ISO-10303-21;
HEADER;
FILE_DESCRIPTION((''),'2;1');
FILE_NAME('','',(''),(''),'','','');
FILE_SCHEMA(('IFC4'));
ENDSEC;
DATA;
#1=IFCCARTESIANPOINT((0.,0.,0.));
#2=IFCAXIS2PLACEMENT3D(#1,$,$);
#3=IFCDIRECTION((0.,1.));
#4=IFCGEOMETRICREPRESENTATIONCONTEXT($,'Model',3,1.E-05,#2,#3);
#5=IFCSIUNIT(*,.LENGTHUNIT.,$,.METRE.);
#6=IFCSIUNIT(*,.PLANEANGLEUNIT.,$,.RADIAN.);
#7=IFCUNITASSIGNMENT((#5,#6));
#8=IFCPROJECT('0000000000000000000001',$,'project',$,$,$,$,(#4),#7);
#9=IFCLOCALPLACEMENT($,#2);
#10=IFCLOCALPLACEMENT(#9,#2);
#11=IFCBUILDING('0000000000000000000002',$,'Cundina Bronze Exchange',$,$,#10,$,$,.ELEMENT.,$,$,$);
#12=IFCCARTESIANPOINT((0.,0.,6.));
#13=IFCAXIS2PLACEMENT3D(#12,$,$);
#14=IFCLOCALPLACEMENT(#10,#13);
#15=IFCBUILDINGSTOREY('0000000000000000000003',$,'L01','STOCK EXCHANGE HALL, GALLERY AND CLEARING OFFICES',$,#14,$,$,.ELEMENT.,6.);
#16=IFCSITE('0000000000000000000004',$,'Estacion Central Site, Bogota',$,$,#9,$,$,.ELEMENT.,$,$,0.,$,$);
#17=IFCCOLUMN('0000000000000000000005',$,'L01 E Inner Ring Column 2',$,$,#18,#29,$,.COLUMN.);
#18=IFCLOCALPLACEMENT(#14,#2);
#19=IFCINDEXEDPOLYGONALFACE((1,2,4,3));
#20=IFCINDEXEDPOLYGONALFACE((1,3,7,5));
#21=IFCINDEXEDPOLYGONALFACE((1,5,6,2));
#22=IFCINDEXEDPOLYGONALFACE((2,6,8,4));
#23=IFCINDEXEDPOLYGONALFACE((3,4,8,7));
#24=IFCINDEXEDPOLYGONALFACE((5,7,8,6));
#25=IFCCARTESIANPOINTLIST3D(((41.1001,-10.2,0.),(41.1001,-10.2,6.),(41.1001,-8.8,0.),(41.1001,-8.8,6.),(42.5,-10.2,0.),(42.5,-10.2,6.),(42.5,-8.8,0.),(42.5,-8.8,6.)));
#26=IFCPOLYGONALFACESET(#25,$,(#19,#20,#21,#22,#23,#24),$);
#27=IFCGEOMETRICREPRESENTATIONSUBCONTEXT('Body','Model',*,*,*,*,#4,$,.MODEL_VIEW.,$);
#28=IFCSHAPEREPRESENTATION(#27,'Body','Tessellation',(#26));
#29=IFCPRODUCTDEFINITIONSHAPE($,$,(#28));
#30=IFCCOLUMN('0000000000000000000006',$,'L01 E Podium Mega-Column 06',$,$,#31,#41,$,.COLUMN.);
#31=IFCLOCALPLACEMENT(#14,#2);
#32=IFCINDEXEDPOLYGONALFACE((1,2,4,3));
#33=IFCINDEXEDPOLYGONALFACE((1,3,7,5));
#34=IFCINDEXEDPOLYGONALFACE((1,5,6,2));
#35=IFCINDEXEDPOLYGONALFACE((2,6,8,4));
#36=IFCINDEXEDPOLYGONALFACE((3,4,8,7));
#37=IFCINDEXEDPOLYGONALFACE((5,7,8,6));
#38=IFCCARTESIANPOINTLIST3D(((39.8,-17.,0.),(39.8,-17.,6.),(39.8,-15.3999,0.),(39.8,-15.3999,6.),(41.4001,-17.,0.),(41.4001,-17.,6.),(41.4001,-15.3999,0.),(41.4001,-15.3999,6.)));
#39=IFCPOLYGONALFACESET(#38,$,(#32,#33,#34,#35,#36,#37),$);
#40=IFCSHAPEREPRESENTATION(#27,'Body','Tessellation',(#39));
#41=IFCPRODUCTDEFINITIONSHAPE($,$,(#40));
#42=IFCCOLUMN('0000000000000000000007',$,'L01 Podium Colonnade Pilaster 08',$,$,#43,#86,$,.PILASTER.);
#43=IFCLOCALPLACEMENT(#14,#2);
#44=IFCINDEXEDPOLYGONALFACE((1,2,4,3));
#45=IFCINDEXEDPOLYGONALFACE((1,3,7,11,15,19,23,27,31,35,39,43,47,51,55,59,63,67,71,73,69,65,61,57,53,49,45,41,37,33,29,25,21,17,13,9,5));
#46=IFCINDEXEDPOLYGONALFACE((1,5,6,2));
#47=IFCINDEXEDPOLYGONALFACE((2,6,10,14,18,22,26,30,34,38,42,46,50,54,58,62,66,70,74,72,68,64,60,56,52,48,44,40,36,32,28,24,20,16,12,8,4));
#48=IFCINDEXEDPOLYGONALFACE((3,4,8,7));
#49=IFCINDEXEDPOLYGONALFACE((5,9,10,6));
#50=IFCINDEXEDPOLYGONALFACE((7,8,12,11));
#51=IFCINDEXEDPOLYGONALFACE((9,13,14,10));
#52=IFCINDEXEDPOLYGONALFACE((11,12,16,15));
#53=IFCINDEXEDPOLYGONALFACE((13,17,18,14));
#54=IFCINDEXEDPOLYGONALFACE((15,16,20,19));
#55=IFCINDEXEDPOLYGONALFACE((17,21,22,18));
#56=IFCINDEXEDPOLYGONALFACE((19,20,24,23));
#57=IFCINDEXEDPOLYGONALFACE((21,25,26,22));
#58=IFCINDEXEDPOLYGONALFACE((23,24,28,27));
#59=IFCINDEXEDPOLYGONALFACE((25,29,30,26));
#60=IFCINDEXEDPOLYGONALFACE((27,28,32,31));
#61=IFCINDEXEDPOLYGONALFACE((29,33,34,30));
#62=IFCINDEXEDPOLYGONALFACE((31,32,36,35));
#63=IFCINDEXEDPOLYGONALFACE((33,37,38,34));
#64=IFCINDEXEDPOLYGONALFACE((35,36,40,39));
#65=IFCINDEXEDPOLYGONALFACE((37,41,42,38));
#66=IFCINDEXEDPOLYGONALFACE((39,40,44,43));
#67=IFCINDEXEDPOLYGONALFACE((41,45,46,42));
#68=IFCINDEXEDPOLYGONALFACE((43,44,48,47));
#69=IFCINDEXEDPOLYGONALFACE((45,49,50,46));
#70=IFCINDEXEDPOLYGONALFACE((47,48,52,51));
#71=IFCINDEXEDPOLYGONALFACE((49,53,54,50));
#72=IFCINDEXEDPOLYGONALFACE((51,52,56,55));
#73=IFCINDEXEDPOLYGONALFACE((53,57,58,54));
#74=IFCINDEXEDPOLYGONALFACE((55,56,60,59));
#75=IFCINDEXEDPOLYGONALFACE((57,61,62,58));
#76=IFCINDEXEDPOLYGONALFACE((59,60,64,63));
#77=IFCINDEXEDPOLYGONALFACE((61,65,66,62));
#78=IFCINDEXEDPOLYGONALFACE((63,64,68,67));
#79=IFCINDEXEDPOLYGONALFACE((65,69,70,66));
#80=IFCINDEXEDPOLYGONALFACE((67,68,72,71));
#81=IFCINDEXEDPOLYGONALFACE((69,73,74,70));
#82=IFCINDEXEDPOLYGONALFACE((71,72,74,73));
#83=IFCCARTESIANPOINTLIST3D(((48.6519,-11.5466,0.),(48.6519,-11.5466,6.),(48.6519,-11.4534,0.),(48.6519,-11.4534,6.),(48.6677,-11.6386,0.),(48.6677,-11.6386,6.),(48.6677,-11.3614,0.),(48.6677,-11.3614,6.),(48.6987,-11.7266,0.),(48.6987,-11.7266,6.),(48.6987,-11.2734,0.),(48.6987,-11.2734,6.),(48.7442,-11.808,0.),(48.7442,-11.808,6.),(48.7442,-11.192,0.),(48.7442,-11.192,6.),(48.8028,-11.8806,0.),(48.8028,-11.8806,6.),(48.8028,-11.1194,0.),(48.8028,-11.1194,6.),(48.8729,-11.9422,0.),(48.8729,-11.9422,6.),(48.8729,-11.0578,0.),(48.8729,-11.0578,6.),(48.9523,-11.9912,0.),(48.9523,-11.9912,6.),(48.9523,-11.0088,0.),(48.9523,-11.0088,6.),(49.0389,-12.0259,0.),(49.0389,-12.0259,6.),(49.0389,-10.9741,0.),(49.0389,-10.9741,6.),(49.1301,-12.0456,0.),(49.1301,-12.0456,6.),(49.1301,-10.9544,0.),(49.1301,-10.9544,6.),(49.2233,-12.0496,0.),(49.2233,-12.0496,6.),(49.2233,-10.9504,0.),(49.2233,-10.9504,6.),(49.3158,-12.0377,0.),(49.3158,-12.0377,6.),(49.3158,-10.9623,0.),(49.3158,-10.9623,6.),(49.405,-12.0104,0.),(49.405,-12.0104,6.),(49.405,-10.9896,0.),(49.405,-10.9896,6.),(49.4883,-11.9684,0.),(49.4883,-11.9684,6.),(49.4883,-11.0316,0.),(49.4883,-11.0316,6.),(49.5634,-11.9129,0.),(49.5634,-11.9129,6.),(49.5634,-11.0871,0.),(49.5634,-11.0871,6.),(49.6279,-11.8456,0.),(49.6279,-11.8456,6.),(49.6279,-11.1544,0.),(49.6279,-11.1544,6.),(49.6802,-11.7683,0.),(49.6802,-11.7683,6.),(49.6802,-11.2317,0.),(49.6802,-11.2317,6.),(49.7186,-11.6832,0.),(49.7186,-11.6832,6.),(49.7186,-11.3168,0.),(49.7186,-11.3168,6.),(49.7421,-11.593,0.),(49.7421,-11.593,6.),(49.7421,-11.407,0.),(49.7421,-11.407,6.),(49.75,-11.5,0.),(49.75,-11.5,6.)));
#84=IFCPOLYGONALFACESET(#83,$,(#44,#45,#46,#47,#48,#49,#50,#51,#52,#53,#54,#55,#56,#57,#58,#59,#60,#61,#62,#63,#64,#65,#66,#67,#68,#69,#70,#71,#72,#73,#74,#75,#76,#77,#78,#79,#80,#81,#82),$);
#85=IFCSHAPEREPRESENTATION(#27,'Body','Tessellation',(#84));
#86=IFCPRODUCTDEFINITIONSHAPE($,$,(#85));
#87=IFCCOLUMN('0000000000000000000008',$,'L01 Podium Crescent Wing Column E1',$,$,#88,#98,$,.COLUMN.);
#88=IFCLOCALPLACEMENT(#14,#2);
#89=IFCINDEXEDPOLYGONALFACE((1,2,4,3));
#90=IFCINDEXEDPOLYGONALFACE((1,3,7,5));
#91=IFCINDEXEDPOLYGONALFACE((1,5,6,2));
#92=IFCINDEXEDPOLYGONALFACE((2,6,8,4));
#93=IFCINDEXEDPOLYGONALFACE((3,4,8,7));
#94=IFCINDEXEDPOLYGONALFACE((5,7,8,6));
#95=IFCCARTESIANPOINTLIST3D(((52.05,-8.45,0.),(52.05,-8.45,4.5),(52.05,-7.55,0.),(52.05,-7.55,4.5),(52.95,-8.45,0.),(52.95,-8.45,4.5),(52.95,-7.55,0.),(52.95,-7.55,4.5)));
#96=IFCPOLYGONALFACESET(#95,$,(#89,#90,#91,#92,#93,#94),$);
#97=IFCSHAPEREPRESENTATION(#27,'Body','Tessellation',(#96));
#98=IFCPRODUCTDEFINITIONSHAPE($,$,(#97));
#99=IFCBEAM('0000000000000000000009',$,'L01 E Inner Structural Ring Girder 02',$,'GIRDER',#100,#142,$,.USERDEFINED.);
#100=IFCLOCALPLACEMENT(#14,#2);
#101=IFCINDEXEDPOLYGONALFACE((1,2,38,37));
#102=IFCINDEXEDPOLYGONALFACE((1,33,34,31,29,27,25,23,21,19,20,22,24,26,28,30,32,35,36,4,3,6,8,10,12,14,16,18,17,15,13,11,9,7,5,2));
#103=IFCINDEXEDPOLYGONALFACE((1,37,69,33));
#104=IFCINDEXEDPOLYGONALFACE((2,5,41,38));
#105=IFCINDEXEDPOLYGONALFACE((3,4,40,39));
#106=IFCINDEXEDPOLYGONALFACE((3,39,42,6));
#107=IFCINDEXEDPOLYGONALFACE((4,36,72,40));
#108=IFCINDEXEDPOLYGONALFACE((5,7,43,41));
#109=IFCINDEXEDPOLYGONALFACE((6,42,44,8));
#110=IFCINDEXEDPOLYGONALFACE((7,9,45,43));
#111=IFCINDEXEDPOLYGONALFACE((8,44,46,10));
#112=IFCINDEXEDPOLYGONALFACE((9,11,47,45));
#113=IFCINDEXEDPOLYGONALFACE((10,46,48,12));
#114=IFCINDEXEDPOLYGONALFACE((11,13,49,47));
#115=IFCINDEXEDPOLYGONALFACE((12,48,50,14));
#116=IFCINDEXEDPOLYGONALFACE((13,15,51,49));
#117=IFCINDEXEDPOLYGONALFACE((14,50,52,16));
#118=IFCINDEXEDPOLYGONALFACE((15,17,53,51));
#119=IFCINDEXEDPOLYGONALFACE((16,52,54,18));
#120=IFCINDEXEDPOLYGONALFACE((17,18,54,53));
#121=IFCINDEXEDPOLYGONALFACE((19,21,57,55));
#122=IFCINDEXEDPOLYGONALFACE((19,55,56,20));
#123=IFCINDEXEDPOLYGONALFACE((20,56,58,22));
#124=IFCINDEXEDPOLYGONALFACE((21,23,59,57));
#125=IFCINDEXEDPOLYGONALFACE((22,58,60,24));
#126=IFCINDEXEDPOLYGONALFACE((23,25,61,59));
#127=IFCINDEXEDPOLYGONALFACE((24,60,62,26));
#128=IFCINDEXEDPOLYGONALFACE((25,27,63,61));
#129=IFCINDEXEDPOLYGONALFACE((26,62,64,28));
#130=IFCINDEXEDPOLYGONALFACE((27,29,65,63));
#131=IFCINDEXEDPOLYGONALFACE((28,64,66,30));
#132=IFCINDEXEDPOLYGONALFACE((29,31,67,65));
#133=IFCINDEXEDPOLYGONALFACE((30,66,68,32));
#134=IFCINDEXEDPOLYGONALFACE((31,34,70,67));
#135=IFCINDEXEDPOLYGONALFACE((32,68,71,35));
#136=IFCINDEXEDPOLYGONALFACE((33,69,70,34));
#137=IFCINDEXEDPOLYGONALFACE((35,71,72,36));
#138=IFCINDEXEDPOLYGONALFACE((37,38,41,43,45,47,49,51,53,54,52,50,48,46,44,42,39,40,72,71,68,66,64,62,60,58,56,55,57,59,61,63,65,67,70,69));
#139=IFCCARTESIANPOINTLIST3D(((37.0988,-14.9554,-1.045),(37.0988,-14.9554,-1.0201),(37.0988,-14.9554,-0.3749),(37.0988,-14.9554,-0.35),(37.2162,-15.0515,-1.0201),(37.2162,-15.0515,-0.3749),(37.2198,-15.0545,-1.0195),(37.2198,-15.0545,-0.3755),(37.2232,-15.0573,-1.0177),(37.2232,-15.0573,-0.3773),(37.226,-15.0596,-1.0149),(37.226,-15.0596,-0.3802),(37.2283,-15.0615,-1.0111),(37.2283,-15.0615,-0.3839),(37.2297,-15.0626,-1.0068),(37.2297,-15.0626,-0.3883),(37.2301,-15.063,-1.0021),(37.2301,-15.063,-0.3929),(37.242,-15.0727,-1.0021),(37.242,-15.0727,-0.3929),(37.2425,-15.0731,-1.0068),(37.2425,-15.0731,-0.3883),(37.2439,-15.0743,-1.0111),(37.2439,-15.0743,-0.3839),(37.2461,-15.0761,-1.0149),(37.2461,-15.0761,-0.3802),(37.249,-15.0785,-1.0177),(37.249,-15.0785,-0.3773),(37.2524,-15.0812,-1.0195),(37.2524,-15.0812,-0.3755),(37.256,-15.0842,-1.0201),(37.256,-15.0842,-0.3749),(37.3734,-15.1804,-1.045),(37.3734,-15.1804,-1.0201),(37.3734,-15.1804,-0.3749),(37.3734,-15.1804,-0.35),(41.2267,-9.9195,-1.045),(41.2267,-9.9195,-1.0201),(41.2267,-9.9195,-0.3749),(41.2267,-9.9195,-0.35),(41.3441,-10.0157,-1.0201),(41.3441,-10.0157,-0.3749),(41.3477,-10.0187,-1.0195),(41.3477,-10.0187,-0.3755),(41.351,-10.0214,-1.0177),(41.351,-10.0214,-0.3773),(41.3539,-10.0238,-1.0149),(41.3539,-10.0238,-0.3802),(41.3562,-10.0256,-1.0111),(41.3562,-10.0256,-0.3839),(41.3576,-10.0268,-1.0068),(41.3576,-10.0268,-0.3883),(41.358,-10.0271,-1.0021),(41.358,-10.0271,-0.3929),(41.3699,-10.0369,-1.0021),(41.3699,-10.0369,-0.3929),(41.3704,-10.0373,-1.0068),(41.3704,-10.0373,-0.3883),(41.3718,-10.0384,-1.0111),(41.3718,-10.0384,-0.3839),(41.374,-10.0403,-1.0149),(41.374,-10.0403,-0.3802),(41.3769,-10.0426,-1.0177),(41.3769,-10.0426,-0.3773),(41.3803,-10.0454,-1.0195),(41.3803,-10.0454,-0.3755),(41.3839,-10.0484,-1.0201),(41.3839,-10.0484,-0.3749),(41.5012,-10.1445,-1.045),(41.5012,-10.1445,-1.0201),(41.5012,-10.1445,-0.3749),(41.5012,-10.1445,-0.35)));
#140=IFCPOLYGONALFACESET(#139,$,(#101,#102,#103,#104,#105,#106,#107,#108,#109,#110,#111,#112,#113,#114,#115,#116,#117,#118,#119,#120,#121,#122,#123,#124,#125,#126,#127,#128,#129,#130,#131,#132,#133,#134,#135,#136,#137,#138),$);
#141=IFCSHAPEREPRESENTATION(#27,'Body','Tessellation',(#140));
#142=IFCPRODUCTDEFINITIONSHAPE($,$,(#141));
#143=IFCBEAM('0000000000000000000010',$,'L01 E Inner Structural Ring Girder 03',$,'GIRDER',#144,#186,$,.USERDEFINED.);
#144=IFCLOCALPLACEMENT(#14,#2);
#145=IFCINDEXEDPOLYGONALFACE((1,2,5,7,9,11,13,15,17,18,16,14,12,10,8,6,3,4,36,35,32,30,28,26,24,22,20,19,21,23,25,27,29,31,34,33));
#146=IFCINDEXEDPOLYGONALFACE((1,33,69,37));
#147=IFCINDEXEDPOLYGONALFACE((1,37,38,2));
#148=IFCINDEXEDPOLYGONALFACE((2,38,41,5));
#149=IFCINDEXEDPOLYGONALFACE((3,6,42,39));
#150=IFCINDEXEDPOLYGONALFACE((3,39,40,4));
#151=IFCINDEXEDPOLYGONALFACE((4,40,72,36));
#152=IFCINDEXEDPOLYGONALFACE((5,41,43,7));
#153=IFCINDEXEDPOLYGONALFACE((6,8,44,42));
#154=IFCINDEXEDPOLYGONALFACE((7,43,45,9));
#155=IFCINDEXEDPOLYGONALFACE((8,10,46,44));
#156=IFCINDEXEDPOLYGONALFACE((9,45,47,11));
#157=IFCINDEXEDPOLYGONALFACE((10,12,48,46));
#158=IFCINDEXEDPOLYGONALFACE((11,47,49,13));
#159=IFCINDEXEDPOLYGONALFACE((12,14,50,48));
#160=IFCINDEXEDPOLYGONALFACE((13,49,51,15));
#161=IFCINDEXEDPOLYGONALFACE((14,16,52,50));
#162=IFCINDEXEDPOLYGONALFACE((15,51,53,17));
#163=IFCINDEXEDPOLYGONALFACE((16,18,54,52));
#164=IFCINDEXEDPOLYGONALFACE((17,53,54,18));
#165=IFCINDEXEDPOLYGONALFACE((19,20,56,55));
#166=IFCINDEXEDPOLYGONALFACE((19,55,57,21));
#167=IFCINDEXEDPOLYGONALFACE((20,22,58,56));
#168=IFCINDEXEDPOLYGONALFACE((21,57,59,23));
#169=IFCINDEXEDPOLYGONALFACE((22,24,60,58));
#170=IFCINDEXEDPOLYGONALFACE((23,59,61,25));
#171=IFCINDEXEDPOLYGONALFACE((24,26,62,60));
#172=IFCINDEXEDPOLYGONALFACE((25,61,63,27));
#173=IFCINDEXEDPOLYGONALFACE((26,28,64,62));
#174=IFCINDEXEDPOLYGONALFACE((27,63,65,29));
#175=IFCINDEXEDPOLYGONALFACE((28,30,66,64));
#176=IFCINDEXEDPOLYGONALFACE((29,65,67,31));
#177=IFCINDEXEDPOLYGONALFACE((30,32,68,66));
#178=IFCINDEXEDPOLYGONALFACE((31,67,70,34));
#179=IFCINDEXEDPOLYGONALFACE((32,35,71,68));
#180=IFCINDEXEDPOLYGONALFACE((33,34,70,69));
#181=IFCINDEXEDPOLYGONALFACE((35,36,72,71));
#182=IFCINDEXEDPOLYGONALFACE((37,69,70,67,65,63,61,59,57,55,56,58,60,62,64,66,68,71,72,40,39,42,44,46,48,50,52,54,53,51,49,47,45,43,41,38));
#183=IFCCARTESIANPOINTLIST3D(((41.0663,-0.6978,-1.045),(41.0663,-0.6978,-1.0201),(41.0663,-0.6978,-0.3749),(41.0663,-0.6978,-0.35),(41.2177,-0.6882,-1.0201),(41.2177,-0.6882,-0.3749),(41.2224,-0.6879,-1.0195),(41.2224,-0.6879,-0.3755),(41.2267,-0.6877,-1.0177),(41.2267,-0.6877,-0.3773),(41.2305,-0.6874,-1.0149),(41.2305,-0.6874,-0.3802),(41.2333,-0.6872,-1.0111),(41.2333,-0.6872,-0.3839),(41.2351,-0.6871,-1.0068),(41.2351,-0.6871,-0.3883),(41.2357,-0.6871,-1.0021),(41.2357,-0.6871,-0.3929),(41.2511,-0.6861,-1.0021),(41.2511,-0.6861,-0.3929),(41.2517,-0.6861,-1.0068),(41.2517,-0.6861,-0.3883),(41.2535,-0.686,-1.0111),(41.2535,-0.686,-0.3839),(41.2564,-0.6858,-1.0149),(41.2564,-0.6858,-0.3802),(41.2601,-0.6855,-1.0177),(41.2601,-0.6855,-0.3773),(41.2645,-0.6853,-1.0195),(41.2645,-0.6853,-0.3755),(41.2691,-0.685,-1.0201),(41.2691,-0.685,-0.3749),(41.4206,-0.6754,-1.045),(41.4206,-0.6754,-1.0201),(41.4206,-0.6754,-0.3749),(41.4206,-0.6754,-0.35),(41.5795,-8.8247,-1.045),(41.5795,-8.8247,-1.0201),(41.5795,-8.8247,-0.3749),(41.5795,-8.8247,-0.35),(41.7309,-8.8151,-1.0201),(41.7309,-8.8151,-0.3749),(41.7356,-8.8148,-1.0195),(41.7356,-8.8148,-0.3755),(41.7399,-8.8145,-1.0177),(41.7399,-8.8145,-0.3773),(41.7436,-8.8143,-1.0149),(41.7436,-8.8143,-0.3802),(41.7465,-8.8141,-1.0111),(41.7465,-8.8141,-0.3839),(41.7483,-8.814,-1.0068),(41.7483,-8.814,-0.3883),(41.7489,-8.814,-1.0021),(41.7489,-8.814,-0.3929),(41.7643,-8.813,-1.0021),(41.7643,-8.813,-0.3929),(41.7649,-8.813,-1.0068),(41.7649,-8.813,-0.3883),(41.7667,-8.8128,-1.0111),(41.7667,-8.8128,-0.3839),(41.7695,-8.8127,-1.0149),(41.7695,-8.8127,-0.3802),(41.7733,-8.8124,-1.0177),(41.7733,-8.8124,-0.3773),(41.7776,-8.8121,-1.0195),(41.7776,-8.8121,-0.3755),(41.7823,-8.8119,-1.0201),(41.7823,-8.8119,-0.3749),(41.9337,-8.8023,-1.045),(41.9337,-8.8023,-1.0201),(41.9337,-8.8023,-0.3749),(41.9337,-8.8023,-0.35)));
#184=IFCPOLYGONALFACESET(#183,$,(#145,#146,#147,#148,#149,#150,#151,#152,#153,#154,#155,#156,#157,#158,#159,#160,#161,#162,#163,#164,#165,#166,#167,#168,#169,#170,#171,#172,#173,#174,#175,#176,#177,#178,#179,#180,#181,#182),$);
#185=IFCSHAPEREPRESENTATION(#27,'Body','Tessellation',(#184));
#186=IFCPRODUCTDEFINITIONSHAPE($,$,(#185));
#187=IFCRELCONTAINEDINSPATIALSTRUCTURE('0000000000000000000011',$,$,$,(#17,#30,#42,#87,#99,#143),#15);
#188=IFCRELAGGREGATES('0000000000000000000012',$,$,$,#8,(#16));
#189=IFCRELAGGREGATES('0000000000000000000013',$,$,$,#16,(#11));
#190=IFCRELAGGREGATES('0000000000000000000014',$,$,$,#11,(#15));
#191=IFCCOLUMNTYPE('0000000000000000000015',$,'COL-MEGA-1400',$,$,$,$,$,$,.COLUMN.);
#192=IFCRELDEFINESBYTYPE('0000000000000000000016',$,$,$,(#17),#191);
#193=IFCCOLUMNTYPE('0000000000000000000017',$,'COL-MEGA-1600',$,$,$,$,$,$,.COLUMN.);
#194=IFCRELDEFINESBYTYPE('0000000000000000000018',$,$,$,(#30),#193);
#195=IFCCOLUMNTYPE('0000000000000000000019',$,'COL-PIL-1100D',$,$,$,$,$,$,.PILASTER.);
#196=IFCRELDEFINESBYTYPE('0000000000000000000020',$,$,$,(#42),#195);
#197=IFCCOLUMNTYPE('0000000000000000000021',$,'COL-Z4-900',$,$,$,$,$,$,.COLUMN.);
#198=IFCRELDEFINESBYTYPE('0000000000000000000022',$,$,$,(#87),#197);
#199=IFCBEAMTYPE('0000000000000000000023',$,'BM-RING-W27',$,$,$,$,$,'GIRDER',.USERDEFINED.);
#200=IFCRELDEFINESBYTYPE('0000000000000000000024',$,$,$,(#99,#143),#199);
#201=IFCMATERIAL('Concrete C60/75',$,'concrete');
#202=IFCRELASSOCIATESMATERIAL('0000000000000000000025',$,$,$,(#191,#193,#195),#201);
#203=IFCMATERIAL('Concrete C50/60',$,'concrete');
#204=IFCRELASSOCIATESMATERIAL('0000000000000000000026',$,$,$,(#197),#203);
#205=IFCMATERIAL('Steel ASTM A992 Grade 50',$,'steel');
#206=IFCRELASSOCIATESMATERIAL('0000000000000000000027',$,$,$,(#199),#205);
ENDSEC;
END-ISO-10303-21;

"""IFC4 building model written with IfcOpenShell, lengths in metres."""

from ifc_helpers import new_model, si_unit, direction, frame, origin, origin_2d, place, context, subcontext, project, spatial, rectangle, circle, i_section, extrude, material, material_profile, profile_set, type_object, element, save


model = new_model("IFC4")

# Units and contexts
model_context = context("Model", 3, precision=1e-05, world=origin(), true_north=direction((0.0, 1.0)))
body_context = subcontext(model_context, "Body", "Model", "MODEL_VIEW")
ifc_project = project(units=[si_unit("LENGTHUNIT", "METRE"), si_unit("PLANEANGLEUNIT", "RADIAN")], contexts=[model_context])

# Site, building, storey
site_placement = place(None, origin())
site = spatial("IfcSite", under=ifc_project, at=site_placement, Name="Estacion Central Site, Bogota", CompositionType="ELEMENT", RefElevation=0.0)
building_placement = place(site_placement, origin())
building = spatial("IfcBuilding", under=site, at=building_placement, Name="Cundina Bronze Exchange", CompositionType="ELEMENT")
storey_placement = place(building_placement, frame((0.0, 0.0, 6.0)))
storey = spatial("IfcBuildingStorey", under=building, at=storey_placement, Name="L01", Description="STOCK EXCHANGE HALL, GALLERY AND CLEARING OFFICES", CompositionType="ELEMENT", Elevation=6.0)

# Columns
ifc_material_1 = material(Name="Concrete C60/75", Category="concrete")
ifc_material_profile_1 = material_profile(ifc_material_1, rectangle(XDim=1.3999, YDim=1.3999, at=origin_2d()), Name="RC1400X1400", Category="concrete")
ifc_profile_set_1 = profile_set([ifc_material_profile_1], Name="Concrete C60/75")
column_type_1 = type_object("IfcColumnType", Name="COL-MEGA-1400", PredefinedType="COLUMN", material=ifc_profile_set_1)
column_1_placement = place(storey_placement, frame((41.8, -9.5, 0.0), z_axis=(0.0, 0.0, 1.0), x_axis=(1.0, 0.0, 0.0)))
element("IfcColumn", 1, at=column_1_placement, inside=storey, type_object=column_type_1, Name="L01 E Inner Ring Column 2", PredefinedType="COLUMN", context=body_context, shape_type="SweptSolid", body=[
    extrude(rectangle(XDim=1.3999, YDim=1.3999, at=origin_2d()), origin(), (0.0, 0.0, 1.0), 6.0),
])
ifc_material_profile_2 = material_profile(ifc_material_1, rectangle(XDim=1.6001, YDim=1.6001, at=origin_2d()), Name="RC1600X1600", Category="concrete")
ifc_profile_set_2 = profile_set([ifc_material_profile_2], Name="Concrete C60/75")
column_type_2 = type_object("IfcColumnType", Name="COL-MEGA-1600", PredefinedType="COLUMN", material=ifc_profile_set_2)
column_2_placement = place(storey_placement, frame((40.6001, -16.2, 0.0), z_axis=(0.0, 0.0, 1.0), x_axis=(1.0, 0.0, 0.0)))
element("IfcColumn", 2, at=column_2_placement, inside=storey, type_object=column_type_2, Name="L01 E Podium Mega-Column 06", PredefinedType="COLUMN", context=body_context, shape_type="SweptSolid", body=[
    extrude(rectangle(XDim=1.6001, YDim=1.6001, at=origin_2d()), origin(), (0.0, 0.0, 1.0), 6.0),
])
ifc_material_profile_3 = material_profile(ifc_material_1, circle(Radius=0.55, at=origin_2d()), Name="RC1100D", Category="concrete")
ifc_profile_set_3 = profile_set([ifc_material_profile_3], Name="Concrete C60/75")
column_type_3 = type_object("IfcColumnType", Name="COL-PIL-1100D", PredefinedType="PILASTER", material=ifc_profile_set_3)
column_3_placement = place(storey_placement, frame((49.2, -11.5, 0.0), z_axis=(0.0, 0.0, 1.0), x_axis=(1.0, 0.0, 0.0)))
element("IfcColumn", 3, at=column_3_placement, inside=storey, type_object=column_type_3, Name="L01 Podium Colonnade Pilaster 08", PredefinedType="PILASTER", context=body_context, shape_type="SweptSolid", body=[
    extrude(circle(Radius=0.55, at=origin_2d()), origin(), (0.0, 0.0, 1.0), 6.0),
])
ifc_material_2 = material(Name="Concrete C50/60", Category="concrete")
ifc_material_profile_4 = material_profile(ifc_material_2, rectangle(XDim=0.8999, YDim=0.8999, at=origin_2d()), Name="RC900X900", Category="concrete")
ifc_profile_set_4 = profile_set([ifc_material_profile_4], Name="Concrete C50/60")
column_type_4 = type_object("IfcColumnType", Name="COL-Z4-900", PredefinedType="COLUMN", material=ifc_profile_set_4)
column_4_placement = place(storey_placement, frame((52.5, -8.0, 0.0), z_axis=(0.0, 0.0, 1.0), x_axis=(1.0, 0.0, 0.0)))
element("IfcColumn", 4, at=column_4_placement, inside=storey, type_object=column_type_4, Name="L01 Podium Crescent Wing Column E1", PredefinedType="COLUMN", context=body_context, shape_type="SweptSolid", body=[
    extrude(rectangle(XDim=0.8999, YDim=0.8999, at=origin_2d()), origin(), (0.0, 0.0, 1.0), 4.5),
])

# Beams
ifc_material_3 = material(Name="Steel ASTM A992 Grade 50", Category="steel")
ifc_material_profile_5 = material_profile(ifc_material_3, i_section(OverallWidth=0.355, OverallDepth=0.6951, WebThickness=0.0154, FlangeThickness=0.0249, FilletRadius=0.0181, at=origin_2d()), Name="W27X146", Category="steel")
ifc_profile_set_5 = profile_set([ifc_material_profile_5], Name="Steel ASTM A992 Grade 50")
beam_type_1 = type_object("IfcBeamType", Name="BM-RING-W27", ElementType="GIRDER", PredefinedType="USERDEFINED", material=ifc_profile_set_5)
beam_1_placement = place(storey_placement, frame((37.2361, -15.0679, -0.6975), z_axis=(0.633942, 0.773381, 0.0), x_axis=(-0.773381, 0.633942, 0.0)))
element("IfcBeam", 5, at=beam_1_placement, inside=storey, type_object=beam_type_1, Name="L01 E Inner Structural Ring Girder 02", ObjectType="GIRDER", PredefinedType="USERDEFINED", context=body_context, shape_type="SweptSolid", body=[
    extrude(i_section(OverallWidth=0.355, OverallDepth=0.6951, WebThickness=0.0154, FlangeThickness=0.0249, FilletRadius=0.0181, at=origin_2d()), origin(), (0.0, 0.0, 1.0), 6.5115),
])
beam_2_placement = place(storey_placement, frame((41.7566, -8.8135, -0.6975), z_axis=(-0.06302, 0.998012, 0.0), x_axis=(-0.998012, -0.06302, 0.0)))
element("IfcBeam", 6, at=beam_2_placement, inside=storey, type_object=beam_type_1, Name="L01 E Inner Structural Ring Girder 03", ObjectType="GIRDER", PredefinedType="USERDEFINED", context=body_context, shape_type="SweptSolid", body=[
    extrude(i_section(OverallWidth=0.355, OverallDepth=0.6951, WebThickness=0.0154, FlangeThickness=0.0249, FilletRadius=0.0181, at=origin_2d()), origin(), (0.0, 0.0, 1.0), 8.1431),
])

save(model, "model.ifc")
